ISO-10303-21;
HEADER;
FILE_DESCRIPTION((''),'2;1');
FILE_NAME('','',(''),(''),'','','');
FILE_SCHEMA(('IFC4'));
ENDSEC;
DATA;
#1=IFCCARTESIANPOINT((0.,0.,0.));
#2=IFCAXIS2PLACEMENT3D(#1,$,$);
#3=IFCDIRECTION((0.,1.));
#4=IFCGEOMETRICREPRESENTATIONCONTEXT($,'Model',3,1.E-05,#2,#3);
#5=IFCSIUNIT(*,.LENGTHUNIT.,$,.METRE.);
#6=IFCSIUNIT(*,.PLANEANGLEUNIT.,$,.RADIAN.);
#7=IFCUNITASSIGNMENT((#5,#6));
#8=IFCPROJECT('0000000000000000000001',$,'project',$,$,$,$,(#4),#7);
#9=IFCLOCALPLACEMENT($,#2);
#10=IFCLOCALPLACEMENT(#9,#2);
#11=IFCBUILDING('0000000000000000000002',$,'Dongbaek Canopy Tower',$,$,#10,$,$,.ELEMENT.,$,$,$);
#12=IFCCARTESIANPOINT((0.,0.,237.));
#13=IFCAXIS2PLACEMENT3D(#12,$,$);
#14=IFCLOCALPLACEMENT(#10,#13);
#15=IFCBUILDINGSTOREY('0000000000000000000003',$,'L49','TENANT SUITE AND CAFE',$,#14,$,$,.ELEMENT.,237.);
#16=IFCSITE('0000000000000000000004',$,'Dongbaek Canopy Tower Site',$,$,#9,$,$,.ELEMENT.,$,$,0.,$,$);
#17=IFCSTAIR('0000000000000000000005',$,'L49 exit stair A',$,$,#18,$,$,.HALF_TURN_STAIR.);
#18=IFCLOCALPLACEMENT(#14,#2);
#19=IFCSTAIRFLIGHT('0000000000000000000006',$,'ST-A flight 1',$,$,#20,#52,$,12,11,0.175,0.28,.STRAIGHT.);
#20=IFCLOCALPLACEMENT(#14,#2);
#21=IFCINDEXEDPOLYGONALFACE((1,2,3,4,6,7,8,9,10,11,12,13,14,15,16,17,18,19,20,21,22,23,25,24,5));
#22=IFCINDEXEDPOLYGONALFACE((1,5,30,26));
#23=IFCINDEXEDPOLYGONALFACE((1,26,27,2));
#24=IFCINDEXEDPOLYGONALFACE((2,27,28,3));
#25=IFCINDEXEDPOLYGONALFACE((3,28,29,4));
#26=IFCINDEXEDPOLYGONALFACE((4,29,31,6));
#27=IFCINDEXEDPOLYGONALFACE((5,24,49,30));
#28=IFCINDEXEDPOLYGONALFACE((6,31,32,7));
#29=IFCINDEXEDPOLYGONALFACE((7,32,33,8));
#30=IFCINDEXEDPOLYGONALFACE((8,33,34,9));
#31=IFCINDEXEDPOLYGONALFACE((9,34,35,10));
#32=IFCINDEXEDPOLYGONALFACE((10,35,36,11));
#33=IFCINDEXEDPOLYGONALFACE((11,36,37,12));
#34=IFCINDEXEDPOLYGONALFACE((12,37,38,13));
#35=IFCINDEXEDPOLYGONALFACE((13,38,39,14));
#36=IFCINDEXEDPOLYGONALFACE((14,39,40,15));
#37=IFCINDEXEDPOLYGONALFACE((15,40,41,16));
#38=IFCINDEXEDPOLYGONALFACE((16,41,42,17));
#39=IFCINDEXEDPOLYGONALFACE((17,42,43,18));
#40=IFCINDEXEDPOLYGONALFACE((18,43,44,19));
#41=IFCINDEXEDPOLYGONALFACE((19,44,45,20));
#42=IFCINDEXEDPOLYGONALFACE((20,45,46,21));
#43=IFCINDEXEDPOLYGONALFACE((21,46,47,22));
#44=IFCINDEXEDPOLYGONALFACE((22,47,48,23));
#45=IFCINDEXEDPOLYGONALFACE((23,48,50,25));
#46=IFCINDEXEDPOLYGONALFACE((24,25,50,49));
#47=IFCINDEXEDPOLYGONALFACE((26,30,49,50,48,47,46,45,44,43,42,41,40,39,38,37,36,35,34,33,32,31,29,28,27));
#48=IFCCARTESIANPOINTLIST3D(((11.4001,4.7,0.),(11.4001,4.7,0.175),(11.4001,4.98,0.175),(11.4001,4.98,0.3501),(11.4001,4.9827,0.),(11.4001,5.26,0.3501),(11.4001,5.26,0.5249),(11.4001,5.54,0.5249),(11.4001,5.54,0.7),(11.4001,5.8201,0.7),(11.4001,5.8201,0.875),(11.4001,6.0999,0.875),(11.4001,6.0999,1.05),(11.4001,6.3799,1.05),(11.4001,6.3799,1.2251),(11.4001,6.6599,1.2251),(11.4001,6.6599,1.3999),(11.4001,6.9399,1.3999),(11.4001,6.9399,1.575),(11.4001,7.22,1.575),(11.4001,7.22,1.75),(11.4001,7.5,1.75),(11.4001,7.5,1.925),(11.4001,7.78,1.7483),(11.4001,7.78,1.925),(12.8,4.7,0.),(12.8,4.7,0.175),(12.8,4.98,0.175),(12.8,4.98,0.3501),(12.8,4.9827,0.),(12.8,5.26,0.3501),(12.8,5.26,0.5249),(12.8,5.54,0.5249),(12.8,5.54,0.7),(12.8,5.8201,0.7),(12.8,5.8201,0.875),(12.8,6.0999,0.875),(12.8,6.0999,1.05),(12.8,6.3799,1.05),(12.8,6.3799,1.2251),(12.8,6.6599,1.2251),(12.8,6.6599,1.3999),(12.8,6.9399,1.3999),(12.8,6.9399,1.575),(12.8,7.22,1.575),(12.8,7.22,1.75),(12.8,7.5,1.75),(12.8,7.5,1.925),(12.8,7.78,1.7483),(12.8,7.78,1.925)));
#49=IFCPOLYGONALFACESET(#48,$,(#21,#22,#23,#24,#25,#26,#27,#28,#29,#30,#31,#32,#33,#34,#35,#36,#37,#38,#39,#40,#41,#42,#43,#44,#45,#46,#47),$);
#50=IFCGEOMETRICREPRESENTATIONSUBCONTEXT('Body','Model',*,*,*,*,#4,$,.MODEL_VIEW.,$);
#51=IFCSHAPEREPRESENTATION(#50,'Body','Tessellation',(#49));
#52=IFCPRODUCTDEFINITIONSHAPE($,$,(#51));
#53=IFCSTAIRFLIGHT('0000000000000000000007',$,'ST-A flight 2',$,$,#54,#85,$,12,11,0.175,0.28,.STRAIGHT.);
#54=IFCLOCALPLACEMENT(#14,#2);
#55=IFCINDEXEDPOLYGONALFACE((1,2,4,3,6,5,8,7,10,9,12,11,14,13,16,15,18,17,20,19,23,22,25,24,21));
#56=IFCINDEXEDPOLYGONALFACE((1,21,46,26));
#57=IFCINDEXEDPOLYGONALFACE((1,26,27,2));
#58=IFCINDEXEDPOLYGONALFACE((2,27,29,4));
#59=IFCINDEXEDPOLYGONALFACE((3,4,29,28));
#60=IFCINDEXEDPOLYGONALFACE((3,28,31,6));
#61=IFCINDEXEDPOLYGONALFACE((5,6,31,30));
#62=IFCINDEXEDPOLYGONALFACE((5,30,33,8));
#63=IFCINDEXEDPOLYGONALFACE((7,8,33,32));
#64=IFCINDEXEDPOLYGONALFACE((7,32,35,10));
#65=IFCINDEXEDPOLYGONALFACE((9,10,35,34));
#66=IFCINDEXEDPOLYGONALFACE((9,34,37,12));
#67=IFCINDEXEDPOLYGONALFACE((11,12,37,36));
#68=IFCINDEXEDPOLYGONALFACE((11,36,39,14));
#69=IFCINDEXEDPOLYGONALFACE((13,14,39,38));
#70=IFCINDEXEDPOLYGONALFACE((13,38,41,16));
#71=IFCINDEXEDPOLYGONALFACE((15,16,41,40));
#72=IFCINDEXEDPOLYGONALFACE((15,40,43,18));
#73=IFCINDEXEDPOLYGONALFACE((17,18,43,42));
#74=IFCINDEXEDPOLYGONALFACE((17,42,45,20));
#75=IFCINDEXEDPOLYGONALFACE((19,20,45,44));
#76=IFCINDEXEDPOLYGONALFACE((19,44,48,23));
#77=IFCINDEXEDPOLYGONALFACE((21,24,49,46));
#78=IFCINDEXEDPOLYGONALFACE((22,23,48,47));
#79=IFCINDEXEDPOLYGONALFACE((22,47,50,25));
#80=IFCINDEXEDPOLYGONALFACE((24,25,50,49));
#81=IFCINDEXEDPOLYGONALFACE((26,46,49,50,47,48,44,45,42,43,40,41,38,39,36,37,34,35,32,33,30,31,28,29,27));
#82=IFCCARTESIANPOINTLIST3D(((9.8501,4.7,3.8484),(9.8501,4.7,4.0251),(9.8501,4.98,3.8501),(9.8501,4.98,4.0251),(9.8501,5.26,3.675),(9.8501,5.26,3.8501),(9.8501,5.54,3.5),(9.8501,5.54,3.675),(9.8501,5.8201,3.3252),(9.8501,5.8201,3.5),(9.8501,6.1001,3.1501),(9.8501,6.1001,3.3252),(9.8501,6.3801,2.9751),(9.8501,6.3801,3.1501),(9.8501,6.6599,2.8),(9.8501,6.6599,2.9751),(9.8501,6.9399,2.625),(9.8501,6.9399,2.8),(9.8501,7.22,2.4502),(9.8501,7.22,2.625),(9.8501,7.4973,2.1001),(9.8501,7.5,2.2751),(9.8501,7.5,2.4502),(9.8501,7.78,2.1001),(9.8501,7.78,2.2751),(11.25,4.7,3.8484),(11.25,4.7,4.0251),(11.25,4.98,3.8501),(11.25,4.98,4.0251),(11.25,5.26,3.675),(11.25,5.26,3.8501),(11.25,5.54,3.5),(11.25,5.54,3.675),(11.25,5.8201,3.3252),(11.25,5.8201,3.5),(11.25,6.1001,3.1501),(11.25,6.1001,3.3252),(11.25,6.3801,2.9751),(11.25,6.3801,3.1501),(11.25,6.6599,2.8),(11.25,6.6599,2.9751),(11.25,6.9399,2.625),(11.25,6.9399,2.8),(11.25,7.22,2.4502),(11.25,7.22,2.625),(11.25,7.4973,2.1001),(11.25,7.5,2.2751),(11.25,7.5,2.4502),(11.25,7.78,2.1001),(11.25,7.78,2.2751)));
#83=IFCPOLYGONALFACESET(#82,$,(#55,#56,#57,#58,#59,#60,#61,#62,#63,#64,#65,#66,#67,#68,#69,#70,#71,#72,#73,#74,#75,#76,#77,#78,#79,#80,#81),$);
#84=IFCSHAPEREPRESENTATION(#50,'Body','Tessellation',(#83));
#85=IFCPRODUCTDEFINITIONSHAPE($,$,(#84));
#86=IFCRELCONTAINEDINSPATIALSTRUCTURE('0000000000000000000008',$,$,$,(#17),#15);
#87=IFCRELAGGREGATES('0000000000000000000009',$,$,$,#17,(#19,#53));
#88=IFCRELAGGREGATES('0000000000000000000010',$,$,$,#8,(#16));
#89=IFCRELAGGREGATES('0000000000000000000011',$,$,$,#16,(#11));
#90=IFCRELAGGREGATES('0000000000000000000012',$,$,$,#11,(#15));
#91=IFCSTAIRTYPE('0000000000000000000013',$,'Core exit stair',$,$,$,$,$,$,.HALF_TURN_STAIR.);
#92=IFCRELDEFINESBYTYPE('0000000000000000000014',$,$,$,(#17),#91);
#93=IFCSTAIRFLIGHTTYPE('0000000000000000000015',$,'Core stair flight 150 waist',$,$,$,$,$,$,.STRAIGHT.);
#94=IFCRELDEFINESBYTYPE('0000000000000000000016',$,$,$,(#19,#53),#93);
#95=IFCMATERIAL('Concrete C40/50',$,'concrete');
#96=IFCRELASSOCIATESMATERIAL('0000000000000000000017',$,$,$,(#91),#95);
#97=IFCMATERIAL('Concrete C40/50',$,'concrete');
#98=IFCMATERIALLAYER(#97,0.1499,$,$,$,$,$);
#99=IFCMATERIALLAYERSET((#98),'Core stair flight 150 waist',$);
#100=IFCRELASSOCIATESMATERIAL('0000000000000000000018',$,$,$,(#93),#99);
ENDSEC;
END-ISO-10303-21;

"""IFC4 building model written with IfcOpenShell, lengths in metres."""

from ifc_helpers import new_model, si_unit, direction, frame, origin, place, context, subcontext, project, spatial, polyline, outline, extrude, material, layer, layer_set, type_object, element, aggregate, save


model = new_model("IFC4")

# Units and contexts
model_context = context("Model", 3, precision=1e-05, world=origin(), true_north=direction((0.0, 1.0)))
body_context = subcontext(model_context, "Body", "Model", "MODEL_VIEW")
ifc_project = project(units=[si_unit("LENGTHUNIT", "METRE"), si_unit("PLANEANGLEUNIT", "RADIAN")], contexts=[model_context])

# Site, building, storey
site_placement = place(None, origin())
site = spatial("IfcSite", under=ifc_project, at=site_placement, Name="Dongbaek Canopy Tower Site", CompositionType="ELEMENT", RefElevation=0.0)
building_placement = place(site_placement, origin())
building = spatial("IfcBuilding", under=site, at=building_placement, Name="Dongbaek Canopy Tower", CompositionType="ELEMENT")
storey_placement = place(building_placement, frame((0.0, 0.0, 237.0)))
storey = spatial("IfcBuildingStorey", under=building, at=storey_placement, Name="L49", Description="TENANT SUITE AND CAFE", CompositionType="ELEMENT", Elevation=237.0)

# Shared definitions
ifc_material_1 = material(Name="Concrete C40/50", Category="concrete")
stair_type = type_object("IfcStairType", Name="Core exit stair", PredefinedType="HALF_TURN_STAIR", material=ifc_material_1)

# Stair, stair flights
stair_1_placement = place(storey_placement, origin())
stair_1 = element("IfcStair", 1, at=stair_1_placement, inside=storey, type_object=stair_type, Name="L49 exit stair A", PredefinedType="HALF_TURN_STAIR")
ifc_material_2 = material(Name="Concrete C40/50", Category="concrete")
ifc_layer_1 = layer(ifc_material_2, 0.1499)
ifc_layer_set_1 = layer_set([ifc_layer_1], Name="Core stair flight 150 waist")
stair_flight_type = type_object("IfcStairFlightType", Name="Core stair flight 150 waist", PredefinedType="STRAIGHT", material=ifc_layer_set_1)
stair_flight_1_placement = place(storey_placement, frame((12.1001, 4.7, 0.0), z_axis=(0.0, 0.0, 1.0), x_axis=(0.0, 1.0, 0.0)))
stair_flight_1 = element("IfcStairFlight", 2, at=stair_flight_1_placement, type_object=stair_flight_type, Name="ST-A flight 1", NumberOfRisers=12, NumberOfTreads=11, PredefinedType="STRAIGHT", RiserHeight=0.175, TreadLength=0.28, context=body_context, shape_type="SweptSolid", body=[
    extrude(outline(polyline([(0.0, 0.0), (0.0, 0.175), (0.28, 0.175), (0.28, 0.3501), (0.5601, 0.3501), (0.5601, 0.5249), (0.8401, 0.5249), (0.8401, 0.7), (1.1201, 0.7), (1.1201, 0.875), (1.3999, 0.875), (1.3999, 1.05), (1.6799, 1.05), (1.6799, 1.2251), (1.96, 1.2251), (1.96, 1.3999), (2.24, 1.3999), (2.24, 1.575), (2.52, 1.575), (2.52, 1.75), (2.8, 1.75), (2.8, 1.925), (3.0801, 1.925), (3.0801, 2.1001), (3.0801, 1.7483), (0.2827, 0.0), (0.0, 0.0)])), frame((0.0, 0.7, 0.0), z_axis=(0.0, -1.0, 0.0), x_axis=(1.0, 0.0, 0.0)), (0.0, 0.0, 1.0), 1.3999),
])
stair_flight_2_placement = place(storey_placement, frame((10.55, 7.78, 2.1001), z_axis=(0.0, 0.0, 1.0), x_axis=(0.0, -1.0, 0.0)))
stair_flight_2 = element("IfcStairFlight", 3, at=stair_flight_2_placement, type_object=stair_flight_type, Name="ST-A flight 2", NumberOfRisers=12, NumberOfTreads=11, PredefinedType="STRAIGHT", RiserHeight=0.175, TreadLength=0.28, context=body_context, shape_type="SweptSolid", body=[
    extrude(outline(polyline([(0.0, 0.0), (0.0, 0.175), (0.28, 0.175), (0.28, 0.3501), (0.5601, 0.3501), (0.5601, 0.5249), (0.8401, 0.5249), (0.8401, 0.7), (1.1201, 0.7), (1.1201, 0.875), (1.3999, 0.875), (1.3999, 1.05), (1.6799, 1.05), (1.6799, 1.2251), (1.96, 1.2251), (1.96, 1.3999), (2.24, 1.3999), (2.24, 1.575), (2.52, 1.575), (2.52, 1.75), (2.8, 1.75), (2.8, 1.925), (3.0801, 1.925), (3.0801, 2.1001), (3.0801, 1.7483), (0.2827, 0.0), (0.0, 0.0)])), frame((0.0, 0.7, 0.0), z_axis=(0.0, -1.0, 0.0), x_axis=(1.0, 0.0, 0.0)), (0.0, 0.0, 1.0), 1.3999),
])
aggregate(stair_1, [stair_flight_1, stair_flight_2])

save(model, "model.ifc")
